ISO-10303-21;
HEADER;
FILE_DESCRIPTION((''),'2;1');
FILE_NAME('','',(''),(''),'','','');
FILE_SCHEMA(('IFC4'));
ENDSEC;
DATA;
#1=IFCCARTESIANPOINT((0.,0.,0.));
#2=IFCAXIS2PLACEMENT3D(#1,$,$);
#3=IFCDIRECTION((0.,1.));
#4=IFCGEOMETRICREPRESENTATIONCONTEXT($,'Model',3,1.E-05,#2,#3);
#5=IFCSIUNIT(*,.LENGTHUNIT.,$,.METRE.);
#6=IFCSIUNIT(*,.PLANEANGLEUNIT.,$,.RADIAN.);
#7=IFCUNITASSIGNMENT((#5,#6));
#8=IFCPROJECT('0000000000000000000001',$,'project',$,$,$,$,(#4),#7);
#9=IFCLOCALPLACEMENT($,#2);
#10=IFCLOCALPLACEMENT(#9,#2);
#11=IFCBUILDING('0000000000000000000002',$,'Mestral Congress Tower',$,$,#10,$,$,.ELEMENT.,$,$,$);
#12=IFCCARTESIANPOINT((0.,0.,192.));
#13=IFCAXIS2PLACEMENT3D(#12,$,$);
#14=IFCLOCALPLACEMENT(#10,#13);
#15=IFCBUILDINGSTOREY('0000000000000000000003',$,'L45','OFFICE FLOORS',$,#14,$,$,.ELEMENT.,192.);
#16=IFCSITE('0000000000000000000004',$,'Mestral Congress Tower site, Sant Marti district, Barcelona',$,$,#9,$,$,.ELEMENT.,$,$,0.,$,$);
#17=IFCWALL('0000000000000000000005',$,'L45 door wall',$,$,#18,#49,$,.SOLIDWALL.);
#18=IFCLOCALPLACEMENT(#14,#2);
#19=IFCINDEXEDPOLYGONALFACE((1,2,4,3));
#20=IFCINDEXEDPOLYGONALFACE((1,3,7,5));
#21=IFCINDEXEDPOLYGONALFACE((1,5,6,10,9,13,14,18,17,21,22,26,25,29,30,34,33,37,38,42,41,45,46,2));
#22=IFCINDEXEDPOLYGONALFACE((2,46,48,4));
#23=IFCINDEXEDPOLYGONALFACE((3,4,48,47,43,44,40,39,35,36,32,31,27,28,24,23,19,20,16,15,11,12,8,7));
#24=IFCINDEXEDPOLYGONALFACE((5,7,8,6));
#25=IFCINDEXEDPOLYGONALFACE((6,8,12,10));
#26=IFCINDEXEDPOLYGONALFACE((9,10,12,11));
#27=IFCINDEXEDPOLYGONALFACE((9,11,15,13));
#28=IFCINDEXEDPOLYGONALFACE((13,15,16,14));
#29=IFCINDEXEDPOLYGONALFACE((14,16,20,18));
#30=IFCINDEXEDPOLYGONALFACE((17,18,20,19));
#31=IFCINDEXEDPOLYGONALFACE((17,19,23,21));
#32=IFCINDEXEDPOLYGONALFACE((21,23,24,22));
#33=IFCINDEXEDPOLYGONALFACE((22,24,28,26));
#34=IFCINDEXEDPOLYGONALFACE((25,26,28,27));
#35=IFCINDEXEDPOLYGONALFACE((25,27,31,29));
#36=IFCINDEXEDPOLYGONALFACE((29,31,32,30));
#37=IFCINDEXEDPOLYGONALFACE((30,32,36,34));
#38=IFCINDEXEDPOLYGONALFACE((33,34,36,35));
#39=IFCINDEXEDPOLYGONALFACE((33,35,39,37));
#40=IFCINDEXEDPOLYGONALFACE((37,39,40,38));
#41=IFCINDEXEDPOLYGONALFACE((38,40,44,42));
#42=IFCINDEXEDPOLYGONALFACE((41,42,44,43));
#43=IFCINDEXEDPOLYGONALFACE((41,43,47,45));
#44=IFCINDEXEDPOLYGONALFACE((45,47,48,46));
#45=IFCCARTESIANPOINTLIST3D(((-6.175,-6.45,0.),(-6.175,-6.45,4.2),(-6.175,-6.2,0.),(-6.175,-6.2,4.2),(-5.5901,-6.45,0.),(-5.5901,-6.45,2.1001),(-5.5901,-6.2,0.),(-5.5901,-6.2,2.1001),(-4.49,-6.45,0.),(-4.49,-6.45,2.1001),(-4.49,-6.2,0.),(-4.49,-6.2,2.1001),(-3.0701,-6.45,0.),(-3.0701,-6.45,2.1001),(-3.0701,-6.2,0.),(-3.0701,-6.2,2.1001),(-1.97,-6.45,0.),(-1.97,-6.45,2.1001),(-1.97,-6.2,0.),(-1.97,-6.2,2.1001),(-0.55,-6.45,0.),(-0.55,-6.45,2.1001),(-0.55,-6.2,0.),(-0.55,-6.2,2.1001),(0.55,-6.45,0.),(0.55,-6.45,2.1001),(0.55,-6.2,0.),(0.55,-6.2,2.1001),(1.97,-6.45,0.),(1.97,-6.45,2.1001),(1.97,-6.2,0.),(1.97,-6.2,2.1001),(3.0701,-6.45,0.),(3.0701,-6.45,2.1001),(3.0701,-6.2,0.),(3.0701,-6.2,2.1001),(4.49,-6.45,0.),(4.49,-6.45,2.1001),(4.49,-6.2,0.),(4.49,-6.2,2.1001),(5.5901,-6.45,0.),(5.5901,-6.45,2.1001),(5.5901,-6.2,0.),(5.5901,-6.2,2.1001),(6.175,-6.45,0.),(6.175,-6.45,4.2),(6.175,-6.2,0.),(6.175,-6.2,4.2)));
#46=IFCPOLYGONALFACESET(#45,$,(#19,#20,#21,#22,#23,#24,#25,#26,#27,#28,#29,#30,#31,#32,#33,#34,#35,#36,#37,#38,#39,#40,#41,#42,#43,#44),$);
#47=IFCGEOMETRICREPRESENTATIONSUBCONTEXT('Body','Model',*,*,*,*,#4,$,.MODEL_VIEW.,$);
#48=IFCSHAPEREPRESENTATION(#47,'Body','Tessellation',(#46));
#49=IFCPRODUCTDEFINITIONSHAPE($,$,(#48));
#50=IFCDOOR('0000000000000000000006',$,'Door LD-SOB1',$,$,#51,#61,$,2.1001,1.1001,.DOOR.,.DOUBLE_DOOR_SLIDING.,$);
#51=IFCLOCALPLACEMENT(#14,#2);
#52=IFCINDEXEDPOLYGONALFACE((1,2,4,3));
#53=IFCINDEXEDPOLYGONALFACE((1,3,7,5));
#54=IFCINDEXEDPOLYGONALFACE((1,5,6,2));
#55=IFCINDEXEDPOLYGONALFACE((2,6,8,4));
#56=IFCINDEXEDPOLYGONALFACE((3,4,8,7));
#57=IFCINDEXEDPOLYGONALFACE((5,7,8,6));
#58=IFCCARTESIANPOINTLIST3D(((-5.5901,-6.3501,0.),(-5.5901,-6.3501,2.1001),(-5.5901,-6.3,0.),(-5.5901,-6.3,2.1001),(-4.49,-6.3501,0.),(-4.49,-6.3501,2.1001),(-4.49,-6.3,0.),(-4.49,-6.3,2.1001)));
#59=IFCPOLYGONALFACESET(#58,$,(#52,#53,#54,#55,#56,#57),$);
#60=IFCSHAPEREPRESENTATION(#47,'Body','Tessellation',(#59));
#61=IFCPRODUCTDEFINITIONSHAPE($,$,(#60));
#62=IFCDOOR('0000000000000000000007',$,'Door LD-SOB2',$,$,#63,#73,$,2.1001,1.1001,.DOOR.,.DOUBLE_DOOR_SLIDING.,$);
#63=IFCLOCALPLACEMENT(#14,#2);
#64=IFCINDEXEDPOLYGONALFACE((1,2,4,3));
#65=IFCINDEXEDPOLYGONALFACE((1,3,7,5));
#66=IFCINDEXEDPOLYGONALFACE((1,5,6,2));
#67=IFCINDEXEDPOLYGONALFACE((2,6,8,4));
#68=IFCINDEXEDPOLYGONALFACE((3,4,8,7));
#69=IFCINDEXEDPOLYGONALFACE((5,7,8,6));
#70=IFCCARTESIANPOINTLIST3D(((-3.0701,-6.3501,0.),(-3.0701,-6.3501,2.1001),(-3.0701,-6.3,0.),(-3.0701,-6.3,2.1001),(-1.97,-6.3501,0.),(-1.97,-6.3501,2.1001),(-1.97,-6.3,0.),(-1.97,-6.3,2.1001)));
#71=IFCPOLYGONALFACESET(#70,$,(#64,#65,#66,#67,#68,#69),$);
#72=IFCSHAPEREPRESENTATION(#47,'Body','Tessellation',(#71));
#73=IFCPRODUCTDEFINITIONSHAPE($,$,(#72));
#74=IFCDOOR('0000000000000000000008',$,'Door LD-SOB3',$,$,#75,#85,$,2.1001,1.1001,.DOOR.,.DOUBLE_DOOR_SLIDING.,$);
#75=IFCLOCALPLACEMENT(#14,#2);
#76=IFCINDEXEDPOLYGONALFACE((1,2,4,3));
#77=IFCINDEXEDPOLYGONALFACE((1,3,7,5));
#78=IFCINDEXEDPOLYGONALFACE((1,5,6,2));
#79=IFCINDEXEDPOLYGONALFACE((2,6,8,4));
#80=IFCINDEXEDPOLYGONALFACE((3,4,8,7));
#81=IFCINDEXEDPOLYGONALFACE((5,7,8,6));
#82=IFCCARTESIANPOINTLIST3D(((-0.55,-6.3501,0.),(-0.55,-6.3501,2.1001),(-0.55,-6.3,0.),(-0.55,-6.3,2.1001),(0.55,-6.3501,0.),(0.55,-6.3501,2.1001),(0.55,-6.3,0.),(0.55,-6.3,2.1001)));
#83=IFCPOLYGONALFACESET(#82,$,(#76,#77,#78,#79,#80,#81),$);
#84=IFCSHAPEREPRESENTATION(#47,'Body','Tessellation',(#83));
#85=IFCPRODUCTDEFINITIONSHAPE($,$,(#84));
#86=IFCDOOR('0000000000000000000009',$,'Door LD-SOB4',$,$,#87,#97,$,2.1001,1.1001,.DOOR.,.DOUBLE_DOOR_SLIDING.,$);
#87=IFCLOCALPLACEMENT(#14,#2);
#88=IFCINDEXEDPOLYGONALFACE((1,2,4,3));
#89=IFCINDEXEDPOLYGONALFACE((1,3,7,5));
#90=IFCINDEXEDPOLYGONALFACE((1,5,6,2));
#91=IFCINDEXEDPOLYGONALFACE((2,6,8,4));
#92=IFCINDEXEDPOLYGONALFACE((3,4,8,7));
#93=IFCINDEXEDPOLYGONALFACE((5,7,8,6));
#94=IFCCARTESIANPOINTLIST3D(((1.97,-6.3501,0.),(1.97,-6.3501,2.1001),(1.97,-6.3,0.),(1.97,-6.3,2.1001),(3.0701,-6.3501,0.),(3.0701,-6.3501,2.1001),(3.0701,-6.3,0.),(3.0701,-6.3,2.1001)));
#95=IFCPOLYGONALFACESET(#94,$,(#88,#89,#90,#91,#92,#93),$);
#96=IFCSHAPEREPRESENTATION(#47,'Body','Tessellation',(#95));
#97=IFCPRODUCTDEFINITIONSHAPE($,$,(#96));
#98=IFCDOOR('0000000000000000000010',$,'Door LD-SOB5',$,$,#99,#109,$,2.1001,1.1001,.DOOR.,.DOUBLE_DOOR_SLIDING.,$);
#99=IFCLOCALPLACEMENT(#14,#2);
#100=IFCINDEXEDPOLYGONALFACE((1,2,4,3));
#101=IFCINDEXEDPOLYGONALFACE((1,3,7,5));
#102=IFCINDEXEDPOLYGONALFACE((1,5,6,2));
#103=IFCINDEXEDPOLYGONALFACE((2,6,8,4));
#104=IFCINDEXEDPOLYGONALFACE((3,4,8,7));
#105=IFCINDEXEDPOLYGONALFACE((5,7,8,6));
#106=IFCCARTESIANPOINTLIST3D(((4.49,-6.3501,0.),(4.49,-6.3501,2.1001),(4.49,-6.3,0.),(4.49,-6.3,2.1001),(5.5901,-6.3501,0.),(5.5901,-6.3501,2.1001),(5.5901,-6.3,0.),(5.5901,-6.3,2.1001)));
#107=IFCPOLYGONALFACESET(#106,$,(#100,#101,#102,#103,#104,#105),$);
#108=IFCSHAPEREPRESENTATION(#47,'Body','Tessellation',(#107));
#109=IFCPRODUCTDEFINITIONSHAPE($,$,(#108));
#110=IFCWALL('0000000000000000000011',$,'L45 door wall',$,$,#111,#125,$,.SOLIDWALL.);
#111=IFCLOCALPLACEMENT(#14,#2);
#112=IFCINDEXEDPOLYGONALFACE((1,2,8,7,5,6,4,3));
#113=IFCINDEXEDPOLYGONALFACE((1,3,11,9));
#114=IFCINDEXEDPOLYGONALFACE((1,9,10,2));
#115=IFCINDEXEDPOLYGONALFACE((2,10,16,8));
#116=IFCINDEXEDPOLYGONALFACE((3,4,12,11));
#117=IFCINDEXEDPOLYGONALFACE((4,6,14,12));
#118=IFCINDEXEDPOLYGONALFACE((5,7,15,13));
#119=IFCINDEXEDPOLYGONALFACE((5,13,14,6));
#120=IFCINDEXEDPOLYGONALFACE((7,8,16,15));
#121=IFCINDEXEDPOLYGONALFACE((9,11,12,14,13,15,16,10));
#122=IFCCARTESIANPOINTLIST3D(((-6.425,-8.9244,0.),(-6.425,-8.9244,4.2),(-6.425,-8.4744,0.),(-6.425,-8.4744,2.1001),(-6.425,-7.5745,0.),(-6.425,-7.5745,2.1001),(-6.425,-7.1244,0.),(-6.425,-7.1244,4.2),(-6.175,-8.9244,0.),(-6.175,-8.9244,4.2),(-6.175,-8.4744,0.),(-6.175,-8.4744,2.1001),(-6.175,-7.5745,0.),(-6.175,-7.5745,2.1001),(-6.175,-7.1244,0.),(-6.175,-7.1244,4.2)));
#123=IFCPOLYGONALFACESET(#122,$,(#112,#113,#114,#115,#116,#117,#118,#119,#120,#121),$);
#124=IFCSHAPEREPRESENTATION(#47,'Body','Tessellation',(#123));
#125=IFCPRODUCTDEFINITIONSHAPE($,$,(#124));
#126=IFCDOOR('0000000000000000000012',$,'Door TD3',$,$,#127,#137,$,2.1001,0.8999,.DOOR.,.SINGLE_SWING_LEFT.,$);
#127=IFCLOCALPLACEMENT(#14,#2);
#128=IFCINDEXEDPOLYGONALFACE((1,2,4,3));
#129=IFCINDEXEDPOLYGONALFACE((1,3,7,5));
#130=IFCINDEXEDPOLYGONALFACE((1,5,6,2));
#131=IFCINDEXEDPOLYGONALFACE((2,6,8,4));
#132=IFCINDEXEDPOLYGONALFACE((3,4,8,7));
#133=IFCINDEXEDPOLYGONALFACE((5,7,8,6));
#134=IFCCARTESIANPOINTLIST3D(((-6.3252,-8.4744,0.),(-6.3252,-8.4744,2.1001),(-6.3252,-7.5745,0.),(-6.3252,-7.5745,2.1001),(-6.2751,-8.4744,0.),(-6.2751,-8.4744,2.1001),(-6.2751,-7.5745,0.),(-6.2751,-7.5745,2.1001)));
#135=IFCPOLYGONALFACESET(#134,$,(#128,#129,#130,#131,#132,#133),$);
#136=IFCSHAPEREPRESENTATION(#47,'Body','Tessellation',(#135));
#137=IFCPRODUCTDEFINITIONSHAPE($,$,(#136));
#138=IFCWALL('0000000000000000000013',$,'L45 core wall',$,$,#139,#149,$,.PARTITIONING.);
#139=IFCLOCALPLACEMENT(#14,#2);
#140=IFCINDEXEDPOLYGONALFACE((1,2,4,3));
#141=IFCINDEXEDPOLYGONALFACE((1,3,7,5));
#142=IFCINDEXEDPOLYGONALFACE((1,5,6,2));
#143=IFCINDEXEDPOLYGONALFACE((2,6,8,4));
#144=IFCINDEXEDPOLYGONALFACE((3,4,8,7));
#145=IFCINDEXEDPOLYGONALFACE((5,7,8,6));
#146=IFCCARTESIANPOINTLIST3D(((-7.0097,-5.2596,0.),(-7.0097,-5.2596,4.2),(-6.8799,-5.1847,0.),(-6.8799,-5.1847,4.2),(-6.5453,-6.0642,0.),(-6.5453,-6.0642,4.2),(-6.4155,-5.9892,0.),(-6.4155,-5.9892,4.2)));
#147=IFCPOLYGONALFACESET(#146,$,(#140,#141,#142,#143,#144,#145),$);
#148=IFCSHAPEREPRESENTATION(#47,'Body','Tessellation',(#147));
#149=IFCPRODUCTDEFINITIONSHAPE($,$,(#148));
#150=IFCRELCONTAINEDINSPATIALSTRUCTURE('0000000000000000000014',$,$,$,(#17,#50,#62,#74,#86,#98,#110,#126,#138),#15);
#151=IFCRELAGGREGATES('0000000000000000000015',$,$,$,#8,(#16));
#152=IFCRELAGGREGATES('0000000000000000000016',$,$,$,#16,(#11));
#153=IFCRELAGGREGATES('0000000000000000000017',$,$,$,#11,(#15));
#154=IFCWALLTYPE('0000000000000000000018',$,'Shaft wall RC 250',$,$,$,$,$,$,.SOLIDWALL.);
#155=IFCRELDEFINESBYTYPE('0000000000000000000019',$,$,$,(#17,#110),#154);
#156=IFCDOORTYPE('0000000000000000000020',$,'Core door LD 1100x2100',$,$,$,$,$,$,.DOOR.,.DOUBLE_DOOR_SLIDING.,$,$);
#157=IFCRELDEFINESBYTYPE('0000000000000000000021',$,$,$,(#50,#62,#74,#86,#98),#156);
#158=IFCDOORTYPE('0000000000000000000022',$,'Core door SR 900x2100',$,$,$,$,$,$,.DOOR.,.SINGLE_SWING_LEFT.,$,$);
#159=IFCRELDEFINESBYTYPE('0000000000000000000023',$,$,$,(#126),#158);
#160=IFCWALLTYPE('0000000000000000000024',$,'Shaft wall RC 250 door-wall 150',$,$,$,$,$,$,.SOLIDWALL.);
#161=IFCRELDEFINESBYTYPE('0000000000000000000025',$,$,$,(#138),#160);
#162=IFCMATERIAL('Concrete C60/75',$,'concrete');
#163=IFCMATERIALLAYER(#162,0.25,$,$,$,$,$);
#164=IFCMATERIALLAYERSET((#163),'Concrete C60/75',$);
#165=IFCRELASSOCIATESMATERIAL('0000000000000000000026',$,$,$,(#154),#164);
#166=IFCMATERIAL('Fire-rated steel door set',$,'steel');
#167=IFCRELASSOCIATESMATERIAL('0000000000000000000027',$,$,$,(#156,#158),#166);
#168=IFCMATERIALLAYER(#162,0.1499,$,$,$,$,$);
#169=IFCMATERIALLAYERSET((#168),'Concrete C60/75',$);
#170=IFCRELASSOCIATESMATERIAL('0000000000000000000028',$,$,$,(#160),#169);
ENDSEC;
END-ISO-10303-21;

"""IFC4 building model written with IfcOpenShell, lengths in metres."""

from ifc_helpers import new_model, si_unit, direction, frame, frame_2d, origin, place, context, subcontext, project, spatial, rectangle, extrude, material, layer, layer_set, type_object, element, fill, save


model = new_model("IFC4")

# Units and contexts
model_context = context("Model", 3, precision=1e-05, world=origin(), true_north=direction((0.0, 1.0)))
body_context = subcontext(model_context, "Body", "Model", "MODEL_VIEW")
ifc_project = project(units=[si_unit("LENGTHUNIT", "METRE"), si_unit("PLANEANGLEUNIT", "RADIAN")], contexts=[model_context])

# Site, building, storey
site_placement = place(None, origin())
site = spatial("IfcSite", under=ifc_project, at=site_placement, Name="Mestral Congress Tower site, Sant Marti district, Barcelona", CompositionType="ELEMENT", RefElevation=0.0)
building_placement = place(site_placement, origin())
building = spatial("IfcBuilding", under=site, at=building_placement, Name="Mestral Congress Tower", CompositionType="ELEMENT")
storey_placement = place(building_placement, frame((0.0, 0.0, 192.0)))
storey = spatial("IfcBuildingStorey", under=building, at=storey_placement, Name="L45", Description="OFFICE FLOORS", CompositionType="ELEMENT", Elevation=192.0)

# Shared definitions
ifc_material_1 = material(Name="Concrete C60/75", Category="concrete")

# Shared definitions
ifc_material_2 = material(Name="Fire-rated steel door set", Category="steel")

# Shared definitions
ifc_layer_1 = layer(ifc_material_1, 0.25)
ifc_layer_set_1 = layer_set([ifc_layer_1], Name="Concrete C60/75")
wall_type_1 = type_object("IfcWallType", Name="Shaft wall RC 250", PredefinedType="SOLIDWALL", material=ifc_layer_set_1)

# Wall, openings, doors
wall_1_placement = place(storey_placement, frame((-6.175, -6.325, 0.0), z_axis=(0.0, 0.0, 1.0), x_axis=(1.0, 0.0, 0.0)))
wall_1 = element("IfcWall", 1, at=wall_1_placement, inside=storey, type_object=wall_type_1, Name="L45 door wall", PredefinedType="SOLIDWALL", context=body_context, shape_type="SweptSolid", body=[
    extrude(rectangle(XDim=12.3501, YDim=0.25, at=frame_2d((6.175, 0.0))), origin(), (0.0, 0.0, 1.0), 4.2),
])
opening_1_placement = place(wall_1_placement, frame((0.585, 0.0, 0.0)))
opening_1 = element("IfcOpeningElement", 2, at=opening_1_placement, cuts=wall_1, PredefinedType="OPENING", context=body_context, shape_type="SweptSolid", body=[
    extrude(rectangle(XDim=1.1001, YDim=2.1001, at=frame_2d((0.55, 1.05))), frame((0.0, 0.135, 0.0), z_axis=(0.0, -1.0, 0.0), x_axis=(1.0, 0.0, 0.0)), (0.0, 0.0, 1.0), 0.27),
])
opening_2_placement = place(wall_1_placement, frame((3.105, 0.0, 0.0)))
opening_2 = element("IfcOpeningElement", 3, at=opening_2_placement, cuts=wall_1, PredefinedType="OPENING", context=body_context, shape_type="SweptSolid", body=[
    extrude(rectangle(XDim=1.1001, YDim=2.1001, at=frame_2d((0.55, 1.05))), frame((0.0, 0.135, 0.0), z_axis=(0.0, -1.0, 0.0), x_axis=(1.0, 0.0, 0.0)), (0.0, 0.0, 1.0), 0.27),
])
opening_3_placement = place(wall_1_placement, frame((5.625, 0.0, 0.0)))
opening_3 = element("IfcOpeningElement", 4, at=opening_3_placement, cuts=wall_1, PredefinedType="OPENING", context=body_context, shape_type="SweptSolid", body=[
    extrude(rectangle(XDim=1.1001, YDim=2.1001, at=frame_2d((0.55, 1.05))), frame((0.0, 0.135, 0.0), z_axis=(0.0, -1.0, 0.0), x_axis=(1.0, 0.0, 0.0)), (0.0, 0.0, 1.0), 0.27),
])
opening_4_placement = place(wall_1_placement, frame((8.145, 0.0, 0.0)))
opening_4 = element("IfcOpeningElement", 5, at=opening_4_placement, cuts=wall_1, PredefinedType="OPENING", context=body_context, shape_type="SweptSolid", body=[
    extrude(rectangle(XDim=1.1001, YDim=2.1001, at=frame_2d((0.55, 1.05))), frame((0.0, 0.135, 0.0), z_axis=(0.0, -1.0, 0.0), x_axis=(1.0, 0.0, 0.0)), (0.0, 0.0, 1.0), 0.27),
])
opening_5_placement = place(wall_1_placement, frame((10.665, 0.0, 0.0)))
opening_5 = element("IfcOpeningElement", 6, at=opening_5_placement, cuts=wall_1, PredefinedType="OPENING", context=body_context, shape_type="SweptSolid", body=[
    extrude(rectangle(XDim=1.1001, YDim=2.1001, at=frame_2d((0.55, 1.05))), frame((0.0, 0.135, 0.0), z_axis=(0.0, -1.0, 0.0), x_axis=(1.0, 0.0, 0.0)), (0.0, 0.0, 1.0), 0.27),
])
door_type_1 = type_object("IfcDoorType", Name="Core door LD 1100x2100", OperationType="DOUBLE_DOOR_SLIDING", PredefinedType="DOOR", material=ifc_material_2)
door_1_placement = place(opening_1_placement, origin())
door_1 = element("IfcDoor", 7, at=door_1_placement, inside=storey, type_object=door_type_1, Name="Door LD-SOB1", OperationType="DOUBLE_DOOR_SLIDING", OverallHeight=2.1001, OverallWidth=1.1001, PredefinedType="DOOR", context=body_context, shape_type="SweptSolid", body=[
    extrude(rectangle(XDim=1.1001, YDim=2.1001, at=frame_2d((0.55, 1.05))), frame((0.0, 0.0249, 0.0), z_axis=(0.0, -1.0, 0.0), x_axis=(1.0, 0.0, 0.0)), (0.0, 0.0, 1.0), 0.05),
])
fill(opening_1, door_1)
door_2_placement = place(opening_2_placement, origin())
door_2 = element("IfcDoor", 8, at=door_2_placement, inside=storey, type_object=door_type_1, Name="Door LD-SOB2", OperationType="DOUBLE_DOOR_SLIDING", OverallHeight=2.1001, OverallWidth=1.1001, PredefinedType="DOOR", context=body_context, shape_type="SweptSolid", body=[
    extrude(rectangle(XDim=1.1001, YDim=2.1001, at=frame_2d((0.55, 1.05))), frame((0.0, 0.0249, 0.0), z_axis=(0.0, -1.0, 0.0), x_axis=(1.0, 0.0, 0.0)), (0.0, 0.0, 1.0), 0.05),
])
fill(opening_2, door_2)
door_3_placement = place(opening_3_placement, origin())
door_3 = element("IfcDoor", 9, at=door_3_placement, inside=storey, type_object=door_type_1, Name="Door LD-SOB3", OperationType="DOUBLE_DOOR_SLIDING", OverallHeight=2.1001, OverallWidth=1.1001, PredefinedType="DOOR", context=body_context, shape_type="SweptSolid", body=[
    extrude(rectangle(XDim=1.1001, YDim=2.1001, at=frame_2d((0.55, 1.05))), frame((0.0, 0.0249, 0.0), z_axis=(0.0, -1.0, 0.0), x_axis=(1.0, 0.0, 0.0)), (0.0, 0.0, 1.0), 0.05),
])
fill(opening_3, door_3)
door_4_placement = place(opening_4_placement, origin())
door_4 = element("IfcDoor", 10, at=door_4_placement, inside=storey, type_object=door_type_1, Name="Door LD-SOB4", OperationType="DOUBLE_DOOR_SLIDING", OverallHeight=2.1001, OverallWidth=1.1001, PredefinedType="DOOR", context=body_context, shape_type="SweptSolid", body=[
    extrude(rectangle(XDim=1.1001, YDim=2.1001, at=frame_2d((0.55, 1.05))), frame((0.0, 0.0249, 0.0), z_axis=(0.0, -1.0, 0.0), x_axis=(1.0, 0.0, 0.0)), (0.0, 0.0, 1.0), 0.05),
])
fill(opening_4, door_4)
door_5_placement = place(opening_5_placement, origin())
door_5 = element("IfcDoor", 11, at=door_5_placement, inside=storey, type_object=door_type_1, Name="Door LD-SOB5", OperationType="DOUBLE_DOOR_SLIDING", OverallHeight=2.1001, OverallWidth=1.1001, PredefinedType="DOOR", context=body_context, shape_type="SweptSolid", body=[
    extrude(rectangle(XDim=1.1001, YDim=2.1001, at=frame_2d((0.55, 1.05))), frame((0.0, 0.0249, 0.0), z_axis=(0.0, -1.0, 0.0), x_axis=(1.0, 0.0, 0.0)), (0.0, 0.0, 1.0), 0.05),
])
fill(opening_5, door_5)

# Wall, opening, door
wall_2_placement = place(storey_placement, frame((-6.3, -7.1245, 0.0), z_axis=(0.0, 0.0, 1.0), x_axis=(0.0, -1.0, 0.0)))
wall_2 = element("IfcWall", 12, at=wall_2_placement, inside=storey, type_object=wall_type_1, Name="L45 door wall", PredefinedType="SOLIDWALL", context=body_context, shape_type="SweptSolid", body=[
    extrude(rectangle(XDim=1.8, YDim=0.25, at=frame_2d((0.8999, 0.0))), origin(), (0.0, 0.0, 1.0), 4.2),
])
opening_6_placement = place(wall_2_placement, frame((0.45, 0.0, 0.0)))
opening_6 = element("IfcOpeningElement", 13, at=opening_6_placement, cuts=wall_2, PredefinedType="OPENING", context=body_context, shape_type="SweptSolid", body=[
    extrude(rectangle(XDim=0.8999, YDim=2.1001, at=frame_2d((0.45, 1.05))), frame((0.0, 0.135, 0.0), z_axis=(0.0, -1.0, 0.0), x_axis=(1.0, 0.0, 0.0)), (0.0, 0.0, 1.0), 0.27),
])
door_type_2 = type_object("IfcDoorType", Name="Core door SR 900x2100", OperationType="SINGLE_SWING_LEFT", PredefinedType="DOOR", material=ifc_material_2)
door_6_placement = place(opening_6_placement, origin())
door_6 = element("IfcDoor", 14, at=door_6_placement, inside=storey, type_object=door_type_2, Name="Door TD3", OperationType="SINGLE_SWING_LEFT", OverallHeight=2.1001, OverallWidth=0.8999, PredefinedType="DOOR", context=body_context, shape_type="SweptSolid", body=[
    extrude(rectangle(XDim=0.8999, YDim=2.1001, at=frame_2d((0.45, 1.05))), frame((0.0, 0.0249, 0.0), z_axis=(0.0, -1.0, 0.0), x_axis=(1.0, 0.0, 0.0)), (0.0, 0.0, 1.0), 0.05),
])
fill(opening_6, door_6)

# Wall
ifc_layer_2 = layer(ifc_material_1, 0.1499)
ifc_layer_set_2 = layer_set([ifc_layer_2], Name="Concrete C60/75")
wall_type_2 = type_object("IfcWallType", Name="Shaft wall RC 250 door-wall 150", PredefinedType="SOLIDWALL", material=ifc_layer_set_2)
wall_3_placement = place(storey_placement, frame((-6.4805, -6.0266, 0.0), z_axis=(0.0, 0.0, 1.0), x_axis=(-0.499927, 0.866067, 0.0)))
element("IfcWall", 15, at=wall_3_placement, inside=storey, type_object=wall_type_2, Name="L45 core wall", PredefinedType="PARTITIONING", context=body_context, shape_type="SweptSolid", body=[
    extrude(rectangle(XDim=0.929, YDim=0.1499, at=frame_2d((0.4644, 0.0))), origin(), (0.0, 0.0, 1.0), 4.2),
])

save(model, "model.ifc")
